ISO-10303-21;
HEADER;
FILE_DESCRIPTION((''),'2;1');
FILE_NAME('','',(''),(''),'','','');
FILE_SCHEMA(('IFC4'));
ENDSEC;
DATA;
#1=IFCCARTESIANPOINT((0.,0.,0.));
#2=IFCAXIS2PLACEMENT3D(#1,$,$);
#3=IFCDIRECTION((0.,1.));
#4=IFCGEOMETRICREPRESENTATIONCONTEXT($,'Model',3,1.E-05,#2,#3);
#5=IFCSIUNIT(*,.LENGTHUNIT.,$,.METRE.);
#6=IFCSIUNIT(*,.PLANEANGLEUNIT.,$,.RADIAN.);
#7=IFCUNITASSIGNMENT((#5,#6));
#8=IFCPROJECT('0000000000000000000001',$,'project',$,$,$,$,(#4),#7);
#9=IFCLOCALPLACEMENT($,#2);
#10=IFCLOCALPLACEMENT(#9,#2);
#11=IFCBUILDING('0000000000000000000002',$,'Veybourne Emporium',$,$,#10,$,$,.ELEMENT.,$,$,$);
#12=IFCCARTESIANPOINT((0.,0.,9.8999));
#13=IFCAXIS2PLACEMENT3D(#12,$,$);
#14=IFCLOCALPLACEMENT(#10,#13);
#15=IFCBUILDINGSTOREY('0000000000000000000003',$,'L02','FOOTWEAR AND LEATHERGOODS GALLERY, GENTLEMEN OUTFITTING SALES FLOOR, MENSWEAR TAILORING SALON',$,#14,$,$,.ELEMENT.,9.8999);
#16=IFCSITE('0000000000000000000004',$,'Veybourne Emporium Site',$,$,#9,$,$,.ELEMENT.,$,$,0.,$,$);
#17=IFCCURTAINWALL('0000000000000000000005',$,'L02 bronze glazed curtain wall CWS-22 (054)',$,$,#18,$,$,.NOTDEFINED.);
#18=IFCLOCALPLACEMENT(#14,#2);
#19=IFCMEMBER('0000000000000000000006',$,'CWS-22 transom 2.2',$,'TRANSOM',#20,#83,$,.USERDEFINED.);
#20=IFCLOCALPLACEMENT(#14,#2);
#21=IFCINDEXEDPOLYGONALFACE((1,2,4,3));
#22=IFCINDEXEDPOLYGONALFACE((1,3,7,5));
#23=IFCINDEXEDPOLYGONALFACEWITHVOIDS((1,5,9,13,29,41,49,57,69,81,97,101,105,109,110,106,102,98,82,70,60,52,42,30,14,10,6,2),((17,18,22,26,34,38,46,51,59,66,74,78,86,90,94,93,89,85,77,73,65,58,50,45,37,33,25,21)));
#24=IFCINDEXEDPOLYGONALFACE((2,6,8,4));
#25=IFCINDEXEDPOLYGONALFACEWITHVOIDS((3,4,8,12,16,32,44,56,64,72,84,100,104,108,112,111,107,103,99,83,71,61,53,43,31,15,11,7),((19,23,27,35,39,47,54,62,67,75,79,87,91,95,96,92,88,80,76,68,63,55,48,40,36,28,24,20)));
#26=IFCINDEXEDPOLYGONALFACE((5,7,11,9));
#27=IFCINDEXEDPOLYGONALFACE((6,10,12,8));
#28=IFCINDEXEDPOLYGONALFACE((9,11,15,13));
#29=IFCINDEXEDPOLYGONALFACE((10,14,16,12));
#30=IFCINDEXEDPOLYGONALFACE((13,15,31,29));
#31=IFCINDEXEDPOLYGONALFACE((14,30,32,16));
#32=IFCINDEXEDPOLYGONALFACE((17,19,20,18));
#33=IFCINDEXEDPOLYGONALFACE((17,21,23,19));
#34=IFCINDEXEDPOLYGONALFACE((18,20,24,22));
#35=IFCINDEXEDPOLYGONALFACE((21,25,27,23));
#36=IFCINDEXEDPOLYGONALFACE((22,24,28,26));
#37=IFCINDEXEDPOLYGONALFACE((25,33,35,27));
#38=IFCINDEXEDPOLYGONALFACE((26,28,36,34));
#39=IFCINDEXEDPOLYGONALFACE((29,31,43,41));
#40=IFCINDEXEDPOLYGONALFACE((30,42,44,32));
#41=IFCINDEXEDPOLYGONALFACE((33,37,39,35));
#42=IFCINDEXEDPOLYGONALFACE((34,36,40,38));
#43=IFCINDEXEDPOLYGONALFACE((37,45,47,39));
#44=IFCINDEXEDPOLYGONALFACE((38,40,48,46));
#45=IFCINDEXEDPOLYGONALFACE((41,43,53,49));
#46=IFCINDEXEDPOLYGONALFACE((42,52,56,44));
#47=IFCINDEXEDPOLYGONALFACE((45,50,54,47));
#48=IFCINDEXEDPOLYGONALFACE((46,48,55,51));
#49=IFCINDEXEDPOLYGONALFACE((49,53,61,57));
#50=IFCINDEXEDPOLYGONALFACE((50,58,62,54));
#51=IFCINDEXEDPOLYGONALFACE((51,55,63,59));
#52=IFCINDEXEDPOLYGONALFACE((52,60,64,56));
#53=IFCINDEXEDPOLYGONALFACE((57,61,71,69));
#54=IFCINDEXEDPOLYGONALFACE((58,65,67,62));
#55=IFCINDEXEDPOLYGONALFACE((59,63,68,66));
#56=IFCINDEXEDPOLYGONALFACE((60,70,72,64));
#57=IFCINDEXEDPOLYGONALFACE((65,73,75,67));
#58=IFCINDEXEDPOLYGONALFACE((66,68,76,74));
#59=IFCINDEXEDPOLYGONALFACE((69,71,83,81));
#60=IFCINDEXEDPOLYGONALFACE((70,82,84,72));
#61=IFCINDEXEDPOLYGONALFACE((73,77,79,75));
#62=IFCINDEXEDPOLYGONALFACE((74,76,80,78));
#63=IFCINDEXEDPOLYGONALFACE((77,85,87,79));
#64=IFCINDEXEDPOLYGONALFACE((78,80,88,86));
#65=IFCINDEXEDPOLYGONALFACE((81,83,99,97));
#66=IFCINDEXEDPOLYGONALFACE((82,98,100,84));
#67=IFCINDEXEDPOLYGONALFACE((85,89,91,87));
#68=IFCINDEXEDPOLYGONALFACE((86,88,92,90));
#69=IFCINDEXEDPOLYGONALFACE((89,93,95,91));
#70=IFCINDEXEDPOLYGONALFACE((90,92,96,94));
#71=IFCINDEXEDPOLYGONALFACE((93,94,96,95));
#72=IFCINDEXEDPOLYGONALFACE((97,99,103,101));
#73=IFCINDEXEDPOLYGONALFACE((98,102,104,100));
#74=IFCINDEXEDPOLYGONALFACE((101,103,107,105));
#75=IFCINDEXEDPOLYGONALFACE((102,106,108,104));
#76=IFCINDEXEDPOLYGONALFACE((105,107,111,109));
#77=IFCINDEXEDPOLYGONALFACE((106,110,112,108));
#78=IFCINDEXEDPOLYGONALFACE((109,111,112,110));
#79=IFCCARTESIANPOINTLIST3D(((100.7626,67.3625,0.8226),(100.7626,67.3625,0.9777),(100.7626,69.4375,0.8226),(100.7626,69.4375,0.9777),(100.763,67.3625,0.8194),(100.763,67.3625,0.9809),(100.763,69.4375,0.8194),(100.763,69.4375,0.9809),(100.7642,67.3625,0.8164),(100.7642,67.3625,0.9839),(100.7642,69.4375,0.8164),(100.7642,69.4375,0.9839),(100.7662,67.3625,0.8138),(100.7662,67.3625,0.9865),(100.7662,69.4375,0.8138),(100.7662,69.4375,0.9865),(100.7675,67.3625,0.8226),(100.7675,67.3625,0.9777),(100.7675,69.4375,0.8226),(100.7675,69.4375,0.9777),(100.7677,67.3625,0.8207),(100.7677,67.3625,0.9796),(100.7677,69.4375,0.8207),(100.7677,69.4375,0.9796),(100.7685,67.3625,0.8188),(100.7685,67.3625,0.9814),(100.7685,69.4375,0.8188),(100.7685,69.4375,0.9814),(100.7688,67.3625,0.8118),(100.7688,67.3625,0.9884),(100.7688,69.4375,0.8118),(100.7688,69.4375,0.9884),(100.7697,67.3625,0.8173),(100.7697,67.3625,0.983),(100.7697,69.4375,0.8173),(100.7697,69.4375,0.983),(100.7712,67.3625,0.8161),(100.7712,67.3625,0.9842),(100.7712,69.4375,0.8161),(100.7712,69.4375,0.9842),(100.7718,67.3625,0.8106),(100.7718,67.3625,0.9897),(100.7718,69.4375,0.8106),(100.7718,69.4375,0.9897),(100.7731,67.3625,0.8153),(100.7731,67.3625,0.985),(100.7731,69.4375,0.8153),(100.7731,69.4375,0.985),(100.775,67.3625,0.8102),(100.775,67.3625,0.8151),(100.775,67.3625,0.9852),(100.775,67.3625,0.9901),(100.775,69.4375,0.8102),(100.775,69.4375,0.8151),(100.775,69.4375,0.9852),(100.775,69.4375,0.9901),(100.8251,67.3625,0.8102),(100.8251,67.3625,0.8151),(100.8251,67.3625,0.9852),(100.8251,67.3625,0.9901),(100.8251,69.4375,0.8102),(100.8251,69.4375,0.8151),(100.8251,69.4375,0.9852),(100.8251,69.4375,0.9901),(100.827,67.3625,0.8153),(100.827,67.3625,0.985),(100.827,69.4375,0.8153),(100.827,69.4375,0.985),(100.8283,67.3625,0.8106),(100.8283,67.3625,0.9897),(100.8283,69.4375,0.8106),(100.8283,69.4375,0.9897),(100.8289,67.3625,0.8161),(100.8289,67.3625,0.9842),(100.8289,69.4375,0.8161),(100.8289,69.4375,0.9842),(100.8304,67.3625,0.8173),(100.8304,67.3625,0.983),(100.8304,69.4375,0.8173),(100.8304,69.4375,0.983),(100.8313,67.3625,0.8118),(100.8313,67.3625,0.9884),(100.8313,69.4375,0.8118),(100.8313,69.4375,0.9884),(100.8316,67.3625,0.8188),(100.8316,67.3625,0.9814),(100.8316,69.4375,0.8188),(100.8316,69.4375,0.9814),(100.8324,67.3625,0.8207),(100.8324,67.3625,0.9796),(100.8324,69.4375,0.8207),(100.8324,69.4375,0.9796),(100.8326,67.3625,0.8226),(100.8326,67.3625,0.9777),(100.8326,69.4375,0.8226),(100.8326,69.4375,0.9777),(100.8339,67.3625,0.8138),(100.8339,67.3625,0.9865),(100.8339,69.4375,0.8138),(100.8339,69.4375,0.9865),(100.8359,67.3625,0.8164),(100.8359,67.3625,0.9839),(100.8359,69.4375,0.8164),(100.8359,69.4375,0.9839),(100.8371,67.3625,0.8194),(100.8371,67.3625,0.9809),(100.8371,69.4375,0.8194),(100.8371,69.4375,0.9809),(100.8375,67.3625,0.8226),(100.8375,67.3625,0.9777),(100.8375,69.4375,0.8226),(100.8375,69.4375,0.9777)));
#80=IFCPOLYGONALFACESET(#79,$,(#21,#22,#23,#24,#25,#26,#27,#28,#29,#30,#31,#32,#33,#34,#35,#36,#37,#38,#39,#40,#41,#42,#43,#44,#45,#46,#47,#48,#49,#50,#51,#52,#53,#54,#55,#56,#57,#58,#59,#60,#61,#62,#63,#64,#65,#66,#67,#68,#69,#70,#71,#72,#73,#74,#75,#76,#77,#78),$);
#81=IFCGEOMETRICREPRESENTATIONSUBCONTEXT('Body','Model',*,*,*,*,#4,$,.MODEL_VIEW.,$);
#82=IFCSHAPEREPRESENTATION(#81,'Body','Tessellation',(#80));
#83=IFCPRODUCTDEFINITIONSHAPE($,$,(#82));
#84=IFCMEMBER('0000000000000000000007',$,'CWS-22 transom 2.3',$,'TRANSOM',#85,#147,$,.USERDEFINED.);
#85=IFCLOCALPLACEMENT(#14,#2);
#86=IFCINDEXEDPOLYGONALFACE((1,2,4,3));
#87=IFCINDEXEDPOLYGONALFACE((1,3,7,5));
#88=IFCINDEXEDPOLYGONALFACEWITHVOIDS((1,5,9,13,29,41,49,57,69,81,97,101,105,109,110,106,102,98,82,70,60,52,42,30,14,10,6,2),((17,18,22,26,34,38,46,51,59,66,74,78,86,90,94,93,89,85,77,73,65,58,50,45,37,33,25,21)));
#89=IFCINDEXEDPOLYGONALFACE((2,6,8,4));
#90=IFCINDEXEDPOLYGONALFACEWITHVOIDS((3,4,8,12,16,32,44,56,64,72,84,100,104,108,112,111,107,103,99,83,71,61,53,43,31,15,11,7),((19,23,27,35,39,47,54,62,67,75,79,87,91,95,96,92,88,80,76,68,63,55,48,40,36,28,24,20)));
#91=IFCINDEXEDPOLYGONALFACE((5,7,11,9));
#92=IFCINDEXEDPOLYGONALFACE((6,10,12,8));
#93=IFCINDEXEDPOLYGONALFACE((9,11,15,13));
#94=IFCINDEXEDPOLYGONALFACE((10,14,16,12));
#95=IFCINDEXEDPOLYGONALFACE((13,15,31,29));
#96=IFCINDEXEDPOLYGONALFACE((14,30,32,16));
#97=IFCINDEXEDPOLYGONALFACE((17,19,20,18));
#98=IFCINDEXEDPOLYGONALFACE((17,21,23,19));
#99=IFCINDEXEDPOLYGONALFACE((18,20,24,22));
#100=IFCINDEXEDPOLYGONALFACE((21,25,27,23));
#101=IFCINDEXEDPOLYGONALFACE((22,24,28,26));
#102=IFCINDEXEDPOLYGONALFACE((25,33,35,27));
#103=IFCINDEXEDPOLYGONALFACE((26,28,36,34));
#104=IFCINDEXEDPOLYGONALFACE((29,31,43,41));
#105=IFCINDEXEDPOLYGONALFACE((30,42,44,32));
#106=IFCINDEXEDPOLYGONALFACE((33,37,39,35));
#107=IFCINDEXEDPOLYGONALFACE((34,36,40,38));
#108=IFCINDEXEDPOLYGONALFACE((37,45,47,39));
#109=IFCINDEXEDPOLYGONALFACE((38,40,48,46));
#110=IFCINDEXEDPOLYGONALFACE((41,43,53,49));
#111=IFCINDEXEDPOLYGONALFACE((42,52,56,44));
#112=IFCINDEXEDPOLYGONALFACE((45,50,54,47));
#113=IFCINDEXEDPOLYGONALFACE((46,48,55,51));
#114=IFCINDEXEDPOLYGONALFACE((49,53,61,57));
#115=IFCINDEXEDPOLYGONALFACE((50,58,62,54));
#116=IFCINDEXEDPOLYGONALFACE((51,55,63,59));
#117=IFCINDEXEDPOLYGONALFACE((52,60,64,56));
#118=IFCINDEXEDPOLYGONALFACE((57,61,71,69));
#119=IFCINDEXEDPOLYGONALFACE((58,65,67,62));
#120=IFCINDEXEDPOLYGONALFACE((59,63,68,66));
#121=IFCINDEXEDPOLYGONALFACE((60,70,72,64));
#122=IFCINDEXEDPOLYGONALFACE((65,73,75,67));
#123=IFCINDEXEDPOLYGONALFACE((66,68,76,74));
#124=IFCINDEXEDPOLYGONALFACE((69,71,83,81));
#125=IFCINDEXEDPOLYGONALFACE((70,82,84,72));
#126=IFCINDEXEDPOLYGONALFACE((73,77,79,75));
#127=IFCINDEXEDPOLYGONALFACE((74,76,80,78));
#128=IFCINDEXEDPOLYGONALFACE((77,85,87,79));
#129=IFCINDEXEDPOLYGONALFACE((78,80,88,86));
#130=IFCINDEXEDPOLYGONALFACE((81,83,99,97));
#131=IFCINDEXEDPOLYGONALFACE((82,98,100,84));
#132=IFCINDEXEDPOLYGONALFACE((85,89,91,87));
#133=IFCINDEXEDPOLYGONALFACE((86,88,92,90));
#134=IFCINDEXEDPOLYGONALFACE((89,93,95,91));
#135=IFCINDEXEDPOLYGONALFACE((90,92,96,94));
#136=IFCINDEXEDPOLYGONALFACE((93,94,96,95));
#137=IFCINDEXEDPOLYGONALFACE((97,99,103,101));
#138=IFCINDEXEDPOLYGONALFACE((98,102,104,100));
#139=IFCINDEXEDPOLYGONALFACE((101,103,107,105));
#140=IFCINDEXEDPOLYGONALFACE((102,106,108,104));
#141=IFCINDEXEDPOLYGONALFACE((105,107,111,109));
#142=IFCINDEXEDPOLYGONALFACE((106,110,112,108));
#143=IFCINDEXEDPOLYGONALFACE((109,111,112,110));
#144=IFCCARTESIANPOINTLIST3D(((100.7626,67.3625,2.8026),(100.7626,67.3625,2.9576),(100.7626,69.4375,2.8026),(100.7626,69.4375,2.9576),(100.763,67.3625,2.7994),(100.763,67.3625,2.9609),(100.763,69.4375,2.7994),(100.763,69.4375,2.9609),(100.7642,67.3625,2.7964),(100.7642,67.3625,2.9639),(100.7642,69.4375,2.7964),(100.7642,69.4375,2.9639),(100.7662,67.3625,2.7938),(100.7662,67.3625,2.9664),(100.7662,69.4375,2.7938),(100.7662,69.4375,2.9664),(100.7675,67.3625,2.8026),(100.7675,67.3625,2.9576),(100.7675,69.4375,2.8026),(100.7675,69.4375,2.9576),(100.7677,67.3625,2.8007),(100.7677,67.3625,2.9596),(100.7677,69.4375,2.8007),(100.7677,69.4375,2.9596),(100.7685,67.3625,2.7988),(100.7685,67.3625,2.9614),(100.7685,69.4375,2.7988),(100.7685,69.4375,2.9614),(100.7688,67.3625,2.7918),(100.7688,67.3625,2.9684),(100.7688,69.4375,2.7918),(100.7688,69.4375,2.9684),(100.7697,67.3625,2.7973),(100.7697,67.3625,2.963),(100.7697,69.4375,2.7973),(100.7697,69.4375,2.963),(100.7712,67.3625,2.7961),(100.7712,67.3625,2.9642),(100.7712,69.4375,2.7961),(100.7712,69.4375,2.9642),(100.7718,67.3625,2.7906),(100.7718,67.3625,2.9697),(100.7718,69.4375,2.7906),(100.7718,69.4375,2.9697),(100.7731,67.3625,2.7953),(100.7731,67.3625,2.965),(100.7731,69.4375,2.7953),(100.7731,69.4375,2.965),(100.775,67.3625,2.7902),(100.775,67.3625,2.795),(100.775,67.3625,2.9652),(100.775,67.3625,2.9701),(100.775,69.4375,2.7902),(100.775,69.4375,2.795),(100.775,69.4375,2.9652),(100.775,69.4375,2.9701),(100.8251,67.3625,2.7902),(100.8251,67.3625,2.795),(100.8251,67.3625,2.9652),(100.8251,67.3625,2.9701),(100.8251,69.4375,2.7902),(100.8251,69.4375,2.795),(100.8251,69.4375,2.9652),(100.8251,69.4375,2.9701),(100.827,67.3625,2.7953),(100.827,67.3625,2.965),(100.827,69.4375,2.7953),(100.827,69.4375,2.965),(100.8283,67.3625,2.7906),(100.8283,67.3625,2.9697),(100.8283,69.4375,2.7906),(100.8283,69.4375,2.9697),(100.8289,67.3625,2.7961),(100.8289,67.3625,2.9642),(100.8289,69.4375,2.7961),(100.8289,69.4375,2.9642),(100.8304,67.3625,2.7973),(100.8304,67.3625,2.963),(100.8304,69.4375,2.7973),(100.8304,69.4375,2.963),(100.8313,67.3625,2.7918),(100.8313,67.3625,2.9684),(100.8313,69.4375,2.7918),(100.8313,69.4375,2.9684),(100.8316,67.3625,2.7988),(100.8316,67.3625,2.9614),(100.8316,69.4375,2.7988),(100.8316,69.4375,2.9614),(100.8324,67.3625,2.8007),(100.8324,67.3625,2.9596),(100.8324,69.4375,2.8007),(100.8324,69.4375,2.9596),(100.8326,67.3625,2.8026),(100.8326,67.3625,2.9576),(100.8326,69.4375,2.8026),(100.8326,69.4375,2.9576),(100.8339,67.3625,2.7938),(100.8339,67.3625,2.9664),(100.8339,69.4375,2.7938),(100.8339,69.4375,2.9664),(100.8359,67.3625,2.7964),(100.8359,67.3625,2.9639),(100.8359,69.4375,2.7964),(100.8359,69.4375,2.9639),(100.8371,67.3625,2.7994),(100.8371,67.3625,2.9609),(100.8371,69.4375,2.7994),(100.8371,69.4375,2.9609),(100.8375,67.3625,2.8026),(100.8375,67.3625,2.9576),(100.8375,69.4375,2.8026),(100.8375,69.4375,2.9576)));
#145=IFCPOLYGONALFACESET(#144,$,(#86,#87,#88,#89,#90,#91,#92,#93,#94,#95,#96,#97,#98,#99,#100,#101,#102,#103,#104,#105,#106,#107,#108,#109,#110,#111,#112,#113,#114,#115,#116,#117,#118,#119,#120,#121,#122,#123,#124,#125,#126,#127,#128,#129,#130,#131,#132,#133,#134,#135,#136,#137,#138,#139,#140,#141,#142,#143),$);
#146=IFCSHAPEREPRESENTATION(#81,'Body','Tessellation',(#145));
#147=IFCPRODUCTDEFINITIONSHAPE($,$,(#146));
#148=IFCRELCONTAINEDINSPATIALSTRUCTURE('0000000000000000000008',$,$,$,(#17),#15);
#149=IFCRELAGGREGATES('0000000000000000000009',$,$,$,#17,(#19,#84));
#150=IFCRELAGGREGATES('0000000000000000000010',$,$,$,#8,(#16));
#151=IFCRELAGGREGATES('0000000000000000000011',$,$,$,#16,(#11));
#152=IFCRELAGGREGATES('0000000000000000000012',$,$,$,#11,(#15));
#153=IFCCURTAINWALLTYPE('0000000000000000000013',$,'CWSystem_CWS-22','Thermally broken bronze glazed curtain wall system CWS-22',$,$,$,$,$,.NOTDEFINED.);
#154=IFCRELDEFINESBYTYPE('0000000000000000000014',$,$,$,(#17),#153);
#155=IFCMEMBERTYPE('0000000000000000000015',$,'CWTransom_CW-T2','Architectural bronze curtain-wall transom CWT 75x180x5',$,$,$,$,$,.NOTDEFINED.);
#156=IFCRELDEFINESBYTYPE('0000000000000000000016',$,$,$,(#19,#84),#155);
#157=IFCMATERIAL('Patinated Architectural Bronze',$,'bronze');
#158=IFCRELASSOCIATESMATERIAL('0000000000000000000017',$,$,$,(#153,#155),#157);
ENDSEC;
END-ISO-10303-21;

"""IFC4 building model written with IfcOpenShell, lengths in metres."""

from ifc_helpers import new_model, si_unit, direction, frame, origin, origin_2d, place, context, subcontext, project, spatial, hollow_rectangle, extrude, material, material_profile, profile_set, type_object, element, aggregate, save


model = new_model("IFC4")

# Units and contexts
model_context = context("Model", 3, precision=1e-05, world=origin(), true_north=direction((0.0, 1.0)))
body_context = subcontext(model_context, "Body", "Model", "MODEL_VIEW")
ifc_project = project(units=[si_unit("LENGTHUNIT", "METRE"), si_unit("PLANEANGLEUNIT", "RADIAN")], contexts=[model_context])

# Site, building, storey
site_placement = place(None, origin())
site = spatial("IfcSite", under=ifc_project, at=site_placement, Name="Veybourne Emporium Site", CompositionType="ELEMENT", RefElevation=0.0)
building_placement = place(site_placement, origin())
building = spatial("IfcBuilding", under=site, at=building_placement, Name="Veybourne Emporium", CompositionType="ELEMENT")
storey_placement = place(building_placement, frame((0.0, 0.0, 9.8999)))
storey = spatial("IfcBuildingStorey", under=building, at=storey_placement, Name="L02", Description="FOOTWEAR AND LEATHERGOODS GALLERY, GENTLEMEN OUTFITTING SALES FLOOR, MENSWEAR TAILORING SALON", CompositionType="ELEMENT", Elevation=9.8999)

# Curtain wall, members
ifc_material_1 = material(Name="Patinated Architectural Bronze", Category="bronze")
curtain_wall_type = type_object("IfcCurtainWallType", Name="CWSystem_CWS-22", Description="Thermally broken bronze glazed curtain wall system CWS-22", PredefinedType="NOTDEFINED", material=ifc_material_1)
curtain_wall_placement = place(storey_placement, origin())
curtain_wall = element("IfcCurtainWall", 1, at=curtain_wall_placement, inside=storey, type_object=curtain_wall_type, Name="L02 bronze glazed curtain wall CWS-22 (054)", PredefinedType="NOTDEFINED")
ifc_material_profile_1 = material_profile(ifc_material_1, hollow_rectangle(XDim=0.075, YDim=0.1799, WallThickness=0.0049, InnerFilletRadius=0.0076, OuterFilletRadius=0.0125, at=origin_2d()), Name="CWT 75x180x5")
ifc_profile_set_1 = profile_set([ifc_material_profile_1], Name="Patinated Architectural Bronze")
member_type_1 = type_object("IfcMemberType", Name="CWTransom_CW-T2", Description="Architectural bronze curtain-wall transom CWT 75x180x5", PredefinedType="NOTDEFINED", material=ifc_profile_set_1)
member_1_placement = place(storey_placement, frame((100.8, 69.4375, 0.9001), z_axis=(0.0, -1.0, 0.0), x_axis=(1.0, 0.0, 0.0)))
member_1 = element("IfcMember", 2, at=member_1_placement, type_object=member_type_1, Name="CWS-22 transom 2.2", ObjectType="TRANSOM", PredefinedType="USERDEFINED", context=body_context, shape_type="SweptSolid", body=[
    extrude(hollow_rectangle(XDim=0.075, YDim=0.1799, WallThickness=0.0049, InnerFilletRadius=0.0076, OuterFilletRadius=0.0125, at=origin_2d()), origin(), (0.0, 0.0, 1.0), 2.075),
])
member_2_placement = place(storey_placement, frame((100.8, 69.4375, 2.8801), z_axis=(0.0, -1.0, 0.0), x_axis=(1.0, 0.0, 0.0)))
member_2 = element("IfcMember", 3, at=member_2_placement, type_object=member_type_1, Name="CWS-22 transom 2.3", ObjectType="TRANSOM", PredefinedType="USERDEFINED", context=body_context, shape_type="SweptSolid", body=[
    extrude(hollow_rectangle(XDim=0.075, YDim=0.1799, WallThickness=0.0049, InnerFilletRadius=0.0076, OuterFilletRadius=0.0125, at=origin_2d()), origin(), (0.0, 0.0, 1.0), 2.075),
])
aggregate(curtain_wall, [member_1, member_2])

save(model, "model.ifc")
